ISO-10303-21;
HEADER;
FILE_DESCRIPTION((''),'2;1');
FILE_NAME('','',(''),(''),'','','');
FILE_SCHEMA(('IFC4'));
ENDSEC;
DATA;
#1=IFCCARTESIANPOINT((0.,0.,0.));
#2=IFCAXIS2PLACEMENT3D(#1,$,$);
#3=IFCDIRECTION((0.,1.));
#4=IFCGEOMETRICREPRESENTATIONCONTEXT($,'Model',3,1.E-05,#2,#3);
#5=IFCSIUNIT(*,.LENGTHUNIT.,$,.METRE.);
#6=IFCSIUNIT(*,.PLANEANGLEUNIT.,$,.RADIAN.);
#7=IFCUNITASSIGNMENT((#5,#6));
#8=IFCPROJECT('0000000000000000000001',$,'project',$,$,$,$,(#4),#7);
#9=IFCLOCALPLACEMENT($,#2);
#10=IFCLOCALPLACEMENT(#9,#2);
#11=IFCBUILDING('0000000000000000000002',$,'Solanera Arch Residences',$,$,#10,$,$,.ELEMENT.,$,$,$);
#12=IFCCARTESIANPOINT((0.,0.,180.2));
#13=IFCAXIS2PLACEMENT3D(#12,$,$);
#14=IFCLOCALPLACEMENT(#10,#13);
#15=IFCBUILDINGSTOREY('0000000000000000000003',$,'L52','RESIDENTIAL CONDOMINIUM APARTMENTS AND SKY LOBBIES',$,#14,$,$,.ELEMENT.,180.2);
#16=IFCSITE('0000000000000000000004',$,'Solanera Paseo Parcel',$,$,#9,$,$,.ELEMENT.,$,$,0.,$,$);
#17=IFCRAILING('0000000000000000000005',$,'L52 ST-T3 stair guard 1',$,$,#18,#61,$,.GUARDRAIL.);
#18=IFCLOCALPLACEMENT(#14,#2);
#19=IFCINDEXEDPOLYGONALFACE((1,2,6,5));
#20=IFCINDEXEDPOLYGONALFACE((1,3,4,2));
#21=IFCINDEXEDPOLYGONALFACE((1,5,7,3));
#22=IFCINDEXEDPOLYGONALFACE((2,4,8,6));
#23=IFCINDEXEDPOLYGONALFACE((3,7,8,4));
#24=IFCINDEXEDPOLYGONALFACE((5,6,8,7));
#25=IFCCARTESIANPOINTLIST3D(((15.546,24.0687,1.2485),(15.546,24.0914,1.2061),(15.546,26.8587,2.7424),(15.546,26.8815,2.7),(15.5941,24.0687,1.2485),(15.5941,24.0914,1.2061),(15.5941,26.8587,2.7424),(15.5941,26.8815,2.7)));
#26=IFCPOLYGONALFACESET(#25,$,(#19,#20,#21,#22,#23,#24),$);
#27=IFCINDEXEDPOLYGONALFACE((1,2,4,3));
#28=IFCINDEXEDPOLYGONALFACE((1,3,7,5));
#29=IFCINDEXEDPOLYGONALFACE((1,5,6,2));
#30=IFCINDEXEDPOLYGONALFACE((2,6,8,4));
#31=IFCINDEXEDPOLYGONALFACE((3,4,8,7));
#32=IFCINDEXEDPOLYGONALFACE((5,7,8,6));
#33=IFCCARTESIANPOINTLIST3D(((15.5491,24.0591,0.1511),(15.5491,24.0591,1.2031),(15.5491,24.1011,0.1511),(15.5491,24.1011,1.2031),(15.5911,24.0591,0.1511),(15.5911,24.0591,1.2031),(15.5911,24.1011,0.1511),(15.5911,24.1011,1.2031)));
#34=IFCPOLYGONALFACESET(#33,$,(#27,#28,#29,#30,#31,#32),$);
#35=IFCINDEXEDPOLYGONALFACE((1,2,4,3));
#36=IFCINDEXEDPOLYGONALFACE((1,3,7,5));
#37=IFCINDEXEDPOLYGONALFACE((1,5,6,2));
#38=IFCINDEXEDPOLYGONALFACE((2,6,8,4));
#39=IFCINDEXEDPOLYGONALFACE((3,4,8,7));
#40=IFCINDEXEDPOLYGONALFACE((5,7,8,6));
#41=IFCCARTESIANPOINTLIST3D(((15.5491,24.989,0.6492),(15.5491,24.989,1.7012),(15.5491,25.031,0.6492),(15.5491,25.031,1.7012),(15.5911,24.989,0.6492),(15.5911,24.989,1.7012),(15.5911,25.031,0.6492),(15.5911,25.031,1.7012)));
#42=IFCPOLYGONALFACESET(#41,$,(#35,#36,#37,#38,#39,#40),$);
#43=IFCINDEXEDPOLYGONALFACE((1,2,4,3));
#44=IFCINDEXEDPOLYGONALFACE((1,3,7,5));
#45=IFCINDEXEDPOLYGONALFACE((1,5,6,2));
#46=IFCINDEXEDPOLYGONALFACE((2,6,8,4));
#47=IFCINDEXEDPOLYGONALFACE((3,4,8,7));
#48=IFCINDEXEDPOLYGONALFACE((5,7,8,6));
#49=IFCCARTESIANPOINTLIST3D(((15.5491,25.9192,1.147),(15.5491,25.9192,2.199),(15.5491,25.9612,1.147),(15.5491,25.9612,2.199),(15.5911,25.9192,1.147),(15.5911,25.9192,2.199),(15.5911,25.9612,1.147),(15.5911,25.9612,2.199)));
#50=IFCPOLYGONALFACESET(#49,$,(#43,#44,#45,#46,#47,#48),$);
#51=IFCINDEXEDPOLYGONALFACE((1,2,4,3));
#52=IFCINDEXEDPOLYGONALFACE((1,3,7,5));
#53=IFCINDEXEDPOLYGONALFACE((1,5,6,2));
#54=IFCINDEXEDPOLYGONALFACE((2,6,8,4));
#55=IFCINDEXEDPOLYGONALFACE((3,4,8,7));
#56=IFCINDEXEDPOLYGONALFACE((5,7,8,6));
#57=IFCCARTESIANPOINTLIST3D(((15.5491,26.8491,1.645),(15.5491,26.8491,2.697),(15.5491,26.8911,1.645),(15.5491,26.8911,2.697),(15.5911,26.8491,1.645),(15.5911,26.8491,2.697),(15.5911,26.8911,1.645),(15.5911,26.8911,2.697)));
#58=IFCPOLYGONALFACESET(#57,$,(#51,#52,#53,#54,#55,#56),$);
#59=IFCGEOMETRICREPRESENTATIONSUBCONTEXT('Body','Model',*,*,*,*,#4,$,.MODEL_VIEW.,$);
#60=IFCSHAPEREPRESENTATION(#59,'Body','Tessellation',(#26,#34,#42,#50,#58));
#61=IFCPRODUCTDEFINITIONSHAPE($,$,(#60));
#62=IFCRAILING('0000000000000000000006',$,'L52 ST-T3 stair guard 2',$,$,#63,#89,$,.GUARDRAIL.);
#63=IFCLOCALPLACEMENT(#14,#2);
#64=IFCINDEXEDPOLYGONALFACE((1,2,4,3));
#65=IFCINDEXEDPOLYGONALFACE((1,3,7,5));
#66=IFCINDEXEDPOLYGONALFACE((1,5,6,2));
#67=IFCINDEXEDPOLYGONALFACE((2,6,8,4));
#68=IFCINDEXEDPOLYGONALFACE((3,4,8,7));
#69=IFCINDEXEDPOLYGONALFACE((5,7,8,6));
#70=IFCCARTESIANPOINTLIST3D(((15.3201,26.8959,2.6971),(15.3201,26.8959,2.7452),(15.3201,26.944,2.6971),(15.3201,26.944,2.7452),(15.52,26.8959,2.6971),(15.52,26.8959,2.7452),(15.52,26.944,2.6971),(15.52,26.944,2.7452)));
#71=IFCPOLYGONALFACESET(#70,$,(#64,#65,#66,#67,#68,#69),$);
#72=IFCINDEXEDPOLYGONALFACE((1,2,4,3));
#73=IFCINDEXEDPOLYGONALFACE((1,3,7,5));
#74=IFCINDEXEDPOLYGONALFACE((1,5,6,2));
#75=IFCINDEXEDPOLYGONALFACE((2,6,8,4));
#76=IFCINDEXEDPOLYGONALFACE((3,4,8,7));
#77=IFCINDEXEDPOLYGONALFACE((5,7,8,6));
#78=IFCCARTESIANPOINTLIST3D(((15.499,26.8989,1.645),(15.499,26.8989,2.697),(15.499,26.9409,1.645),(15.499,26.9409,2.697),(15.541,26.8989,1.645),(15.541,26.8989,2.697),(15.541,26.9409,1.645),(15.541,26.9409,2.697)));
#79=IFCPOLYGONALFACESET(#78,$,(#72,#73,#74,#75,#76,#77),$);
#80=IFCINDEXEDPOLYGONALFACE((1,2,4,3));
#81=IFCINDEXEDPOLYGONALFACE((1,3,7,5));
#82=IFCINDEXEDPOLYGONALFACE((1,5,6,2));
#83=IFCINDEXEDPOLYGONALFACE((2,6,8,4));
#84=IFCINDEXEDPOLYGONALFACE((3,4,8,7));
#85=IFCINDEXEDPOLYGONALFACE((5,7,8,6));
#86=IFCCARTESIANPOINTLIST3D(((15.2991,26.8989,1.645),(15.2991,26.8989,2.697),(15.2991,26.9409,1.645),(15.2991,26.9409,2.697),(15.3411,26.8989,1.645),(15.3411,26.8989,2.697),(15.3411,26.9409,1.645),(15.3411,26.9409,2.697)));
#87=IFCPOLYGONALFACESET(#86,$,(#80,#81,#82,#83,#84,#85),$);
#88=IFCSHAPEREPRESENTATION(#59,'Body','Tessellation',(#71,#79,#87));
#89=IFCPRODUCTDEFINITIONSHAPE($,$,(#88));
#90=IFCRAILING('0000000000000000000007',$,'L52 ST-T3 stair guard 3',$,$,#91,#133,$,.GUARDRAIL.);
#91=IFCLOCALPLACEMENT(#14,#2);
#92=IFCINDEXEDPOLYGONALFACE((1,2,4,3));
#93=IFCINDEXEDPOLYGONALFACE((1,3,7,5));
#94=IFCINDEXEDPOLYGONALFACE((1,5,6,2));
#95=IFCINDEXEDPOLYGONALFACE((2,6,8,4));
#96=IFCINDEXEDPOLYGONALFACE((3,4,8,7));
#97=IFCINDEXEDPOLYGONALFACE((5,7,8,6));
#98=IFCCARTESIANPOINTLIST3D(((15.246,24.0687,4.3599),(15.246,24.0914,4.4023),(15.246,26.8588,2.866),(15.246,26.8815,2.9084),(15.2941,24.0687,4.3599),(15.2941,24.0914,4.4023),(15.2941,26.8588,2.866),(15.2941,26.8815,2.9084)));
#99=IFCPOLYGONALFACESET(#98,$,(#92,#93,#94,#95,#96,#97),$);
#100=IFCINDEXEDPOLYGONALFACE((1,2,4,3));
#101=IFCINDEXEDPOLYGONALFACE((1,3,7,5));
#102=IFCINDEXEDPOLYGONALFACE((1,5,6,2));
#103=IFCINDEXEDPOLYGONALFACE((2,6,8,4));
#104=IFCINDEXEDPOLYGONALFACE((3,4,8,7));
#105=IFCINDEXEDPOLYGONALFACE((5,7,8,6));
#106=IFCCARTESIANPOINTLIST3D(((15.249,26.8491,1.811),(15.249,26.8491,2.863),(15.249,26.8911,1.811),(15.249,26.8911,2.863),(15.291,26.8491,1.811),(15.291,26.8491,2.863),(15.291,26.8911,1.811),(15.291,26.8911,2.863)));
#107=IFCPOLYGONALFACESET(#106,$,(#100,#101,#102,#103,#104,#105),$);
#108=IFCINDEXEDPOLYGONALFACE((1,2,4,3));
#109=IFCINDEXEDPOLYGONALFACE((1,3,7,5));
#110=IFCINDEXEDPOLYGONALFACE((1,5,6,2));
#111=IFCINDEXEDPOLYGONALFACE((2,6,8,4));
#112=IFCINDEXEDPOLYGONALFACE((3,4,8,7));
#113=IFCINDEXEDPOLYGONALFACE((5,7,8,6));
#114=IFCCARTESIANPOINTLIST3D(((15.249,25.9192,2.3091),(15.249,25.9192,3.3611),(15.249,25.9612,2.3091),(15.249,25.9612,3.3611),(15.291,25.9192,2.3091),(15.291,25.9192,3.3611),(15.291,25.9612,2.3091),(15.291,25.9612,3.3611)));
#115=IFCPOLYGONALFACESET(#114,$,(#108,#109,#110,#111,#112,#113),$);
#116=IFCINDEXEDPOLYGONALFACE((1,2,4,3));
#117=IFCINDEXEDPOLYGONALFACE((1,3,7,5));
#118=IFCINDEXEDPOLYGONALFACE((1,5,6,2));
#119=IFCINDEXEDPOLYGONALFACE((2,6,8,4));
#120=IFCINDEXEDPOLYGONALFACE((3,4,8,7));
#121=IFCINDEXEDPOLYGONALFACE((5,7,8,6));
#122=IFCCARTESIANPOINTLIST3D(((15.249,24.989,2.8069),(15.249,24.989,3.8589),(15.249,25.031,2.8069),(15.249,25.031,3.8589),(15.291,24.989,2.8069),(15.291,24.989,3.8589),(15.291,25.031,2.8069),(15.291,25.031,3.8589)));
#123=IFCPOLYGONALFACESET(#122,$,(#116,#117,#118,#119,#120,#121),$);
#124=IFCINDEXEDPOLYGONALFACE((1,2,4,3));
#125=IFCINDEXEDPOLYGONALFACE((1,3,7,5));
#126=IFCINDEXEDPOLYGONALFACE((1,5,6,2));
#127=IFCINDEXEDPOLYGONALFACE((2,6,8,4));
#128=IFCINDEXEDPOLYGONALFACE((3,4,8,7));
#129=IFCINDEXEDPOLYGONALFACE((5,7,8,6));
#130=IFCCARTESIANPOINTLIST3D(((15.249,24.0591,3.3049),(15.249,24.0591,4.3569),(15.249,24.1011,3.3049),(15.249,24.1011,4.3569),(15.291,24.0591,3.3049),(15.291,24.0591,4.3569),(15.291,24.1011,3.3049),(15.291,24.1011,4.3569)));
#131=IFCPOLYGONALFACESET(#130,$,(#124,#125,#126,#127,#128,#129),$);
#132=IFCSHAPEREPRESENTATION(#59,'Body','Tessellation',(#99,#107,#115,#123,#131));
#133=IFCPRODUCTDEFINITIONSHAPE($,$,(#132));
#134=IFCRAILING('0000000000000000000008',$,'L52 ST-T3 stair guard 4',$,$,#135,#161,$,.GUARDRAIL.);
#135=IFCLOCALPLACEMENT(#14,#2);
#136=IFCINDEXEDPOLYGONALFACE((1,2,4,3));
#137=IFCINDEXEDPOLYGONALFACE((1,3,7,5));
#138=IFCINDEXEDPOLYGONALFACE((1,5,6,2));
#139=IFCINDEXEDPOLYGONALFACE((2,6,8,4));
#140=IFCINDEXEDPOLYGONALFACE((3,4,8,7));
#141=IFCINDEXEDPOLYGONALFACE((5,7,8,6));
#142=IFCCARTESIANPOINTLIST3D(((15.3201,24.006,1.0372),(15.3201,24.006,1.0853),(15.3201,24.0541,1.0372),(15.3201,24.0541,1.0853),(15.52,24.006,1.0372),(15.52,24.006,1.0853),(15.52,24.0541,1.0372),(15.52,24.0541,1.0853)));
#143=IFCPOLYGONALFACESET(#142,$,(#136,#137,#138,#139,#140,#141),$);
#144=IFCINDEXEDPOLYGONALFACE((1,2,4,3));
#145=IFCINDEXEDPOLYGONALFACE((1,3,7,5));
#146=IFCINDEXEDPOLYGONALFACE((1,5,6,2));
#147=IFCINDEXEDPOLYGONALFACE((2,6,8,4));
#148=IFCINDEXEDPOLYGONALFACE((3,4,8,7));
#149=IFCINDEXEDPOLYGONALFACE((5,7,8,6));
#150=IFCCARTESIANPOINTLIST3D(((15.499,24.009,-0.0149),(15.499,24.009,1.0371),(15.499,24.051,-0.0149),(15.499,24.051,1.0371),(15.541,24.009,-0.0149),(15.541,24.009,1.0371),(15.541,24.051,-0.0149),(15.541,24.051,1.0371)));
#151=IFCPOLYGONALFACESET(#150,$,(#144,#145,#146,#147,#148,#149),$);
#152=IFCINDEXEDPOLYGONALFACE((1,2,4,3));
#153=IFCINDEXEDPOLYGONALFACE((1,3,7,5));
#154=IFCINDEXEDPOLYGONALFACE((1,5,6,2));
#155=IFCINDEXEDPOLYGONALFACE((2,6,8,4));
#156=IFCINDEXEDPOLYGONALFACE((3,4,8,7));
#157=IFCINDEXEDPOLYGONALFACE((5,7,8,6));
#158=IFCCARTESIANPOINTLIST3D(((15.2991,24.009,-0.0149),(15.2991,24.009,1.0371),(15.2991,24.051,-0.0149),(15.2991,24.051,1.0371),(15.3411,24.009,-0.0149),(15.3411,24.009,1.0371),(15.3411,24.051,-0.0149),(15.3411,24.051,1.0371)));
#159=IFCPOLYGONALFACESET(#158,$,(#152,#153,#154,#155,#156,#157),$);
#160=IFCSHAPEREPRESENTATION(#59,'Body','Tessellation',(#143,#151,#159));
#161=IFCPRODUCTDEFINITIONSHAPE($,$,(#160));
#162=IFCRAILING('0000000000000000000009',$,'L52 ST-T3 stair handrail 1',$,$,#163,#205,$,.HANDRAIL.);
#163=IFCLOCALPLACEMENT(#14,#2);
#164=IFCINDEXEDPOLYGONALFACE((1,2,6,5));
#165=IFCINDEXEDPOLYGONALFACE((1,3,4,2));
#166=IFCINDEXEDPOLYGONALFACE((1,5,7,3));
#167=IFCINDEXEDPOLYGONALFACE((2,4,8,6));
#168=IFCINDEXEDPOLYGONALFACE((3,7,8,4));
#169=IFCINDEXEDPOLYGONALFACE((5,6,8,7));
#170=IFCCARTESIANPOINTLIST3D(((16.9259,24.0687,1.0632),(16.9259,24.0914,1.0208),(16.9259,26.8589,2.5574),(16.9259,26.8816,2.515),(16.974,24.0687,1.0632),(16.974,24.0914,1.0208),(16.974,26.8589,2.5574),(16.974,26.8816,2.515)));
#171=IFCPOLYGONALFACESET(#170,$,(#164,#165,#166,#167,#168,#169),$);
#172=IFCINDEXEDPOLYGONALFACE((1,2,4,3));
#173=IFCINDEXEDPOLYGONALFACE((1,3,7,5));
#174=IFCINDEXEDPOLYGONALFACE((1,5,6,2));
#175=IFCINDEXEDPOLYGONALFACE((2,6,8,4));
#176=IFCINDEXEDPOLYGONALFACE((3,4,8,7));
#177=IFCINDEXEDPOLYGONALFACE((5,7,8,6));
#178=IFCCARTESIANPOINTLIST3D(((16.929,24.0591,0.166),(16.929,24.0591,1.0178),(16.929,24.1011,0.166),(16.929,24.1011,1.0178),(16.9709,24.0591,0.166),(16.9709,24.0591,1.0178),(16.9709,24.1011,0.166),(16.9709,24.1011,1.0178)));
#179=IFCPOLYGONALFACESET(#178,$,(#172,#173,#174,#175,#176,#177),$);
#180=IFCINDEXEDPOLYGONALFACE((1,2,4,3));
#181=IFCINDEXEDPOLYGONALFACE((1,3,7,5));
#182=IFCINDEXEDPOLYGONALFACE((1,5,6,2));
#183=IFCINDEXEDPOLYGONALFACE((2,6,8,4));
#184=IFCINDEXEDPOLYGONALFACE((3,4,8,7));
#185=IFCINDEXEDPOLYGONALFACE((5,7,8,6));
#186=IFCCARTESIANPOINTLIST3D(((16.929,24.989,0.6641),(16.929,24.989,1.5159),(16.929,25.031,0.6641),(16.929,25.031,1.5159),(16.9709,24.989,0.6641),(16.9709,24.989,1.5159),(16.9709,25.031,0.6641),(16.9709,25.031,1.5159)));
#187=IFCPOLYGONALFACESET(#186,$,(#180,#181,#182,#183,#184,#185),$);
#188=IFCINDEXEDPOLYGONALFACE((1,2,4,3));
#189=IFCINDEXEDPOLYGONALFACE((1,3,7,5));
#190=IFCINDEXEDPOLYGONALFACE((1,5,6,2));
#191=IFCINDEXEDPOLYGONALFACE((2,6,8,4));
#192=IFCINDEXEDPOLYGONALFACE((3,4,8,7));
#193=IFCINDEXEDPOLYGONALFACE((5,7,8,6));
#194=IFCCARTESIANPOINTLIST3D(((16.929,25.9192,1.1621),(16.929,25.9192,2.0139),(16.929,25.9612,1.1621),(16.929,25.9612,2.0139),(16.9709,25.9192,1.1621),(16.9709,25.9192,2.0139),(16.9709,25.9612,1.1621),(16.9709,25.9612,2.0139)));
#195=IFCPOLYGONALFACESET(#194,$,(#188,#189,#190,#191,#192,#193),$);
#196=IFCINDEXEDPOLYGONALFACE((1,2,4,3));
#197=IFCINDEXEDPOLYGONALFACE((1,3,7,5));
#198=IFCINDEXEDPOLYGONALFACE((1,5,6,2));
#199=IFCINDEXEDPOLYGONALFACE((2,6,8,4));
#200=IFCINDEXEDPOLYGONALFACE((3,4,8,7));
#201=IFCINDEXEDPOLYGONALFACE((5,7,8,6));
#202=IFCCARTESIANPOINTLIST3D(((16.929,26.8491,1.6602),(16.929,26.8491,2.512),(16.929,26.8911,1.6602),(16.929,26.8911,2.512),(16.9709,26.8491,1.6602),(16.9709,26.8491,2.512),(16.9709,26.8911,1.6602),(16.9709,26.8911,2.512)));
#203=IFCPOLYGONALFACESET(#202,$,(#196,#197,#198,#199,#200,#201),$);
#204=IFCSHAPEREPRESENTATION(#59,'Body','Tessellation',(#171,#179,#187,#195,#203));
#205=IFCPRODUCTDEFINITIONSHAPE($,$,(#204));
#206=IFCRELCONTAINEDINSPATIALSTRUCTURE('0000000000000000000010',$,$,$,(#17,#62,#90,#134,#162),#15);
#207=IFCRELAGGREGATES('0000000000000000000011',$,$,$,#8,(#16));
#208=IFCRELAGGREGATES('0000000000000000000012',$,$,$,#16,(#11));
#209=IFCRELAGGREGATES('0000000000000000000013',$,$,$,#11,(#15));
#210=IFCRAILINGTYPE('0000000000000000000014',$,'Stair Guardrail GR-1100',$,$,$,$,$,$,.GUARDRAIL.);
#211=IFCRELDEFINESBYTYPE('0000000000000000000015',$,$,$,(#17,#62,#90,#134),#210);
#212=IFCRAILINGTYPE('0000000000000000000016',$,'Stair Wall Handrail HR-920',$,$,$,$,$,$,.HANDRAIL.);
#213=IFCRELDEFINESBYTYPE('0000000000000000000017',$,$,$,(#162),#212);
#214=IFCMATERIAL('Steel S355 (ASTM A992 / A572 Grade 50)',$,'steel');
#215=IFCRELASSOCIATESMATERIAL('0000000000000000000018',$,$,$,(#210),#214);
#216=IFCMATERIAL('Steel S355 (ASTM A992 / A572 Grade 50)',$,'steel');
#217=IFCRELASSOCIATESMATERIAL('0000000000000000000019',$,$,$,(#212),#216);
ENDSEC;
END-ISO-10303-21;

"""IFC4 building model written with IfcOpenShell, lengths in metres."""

from ifc_helpers import new_model, si_unit, direction, frame, origin, origin_2d, place, context, subcontext, project, spatial, rectangle, extrude, material, type_object, element, save


model = new_model("IFC4")

# Units and contexts
model_context = context("Model", 3, precision=1e-05, world=origin(), true_north=direction((0.0, 1.0)))
body_context = subcontext(model_context, "Body", "Model", "MODEL_VIEW")
ifc_project = project(units=[si_unit("LENGTHUNIT", "METRE"), si_unit("PLANEANGLEUNIT", "RADIAN")], contexts=[model_context])

# Site, building, storey
site_placement = place(None, origin())
site = spatial("IfcSite", under=ifc_project, at=site_placement, Name="Solanera Paseo Parcel", CompositionType="ELEMENT", RefElevation=0.0)
building_placement = place(site_placement, origin())
building = spatial("IfcBuilding", under=site, at=building_placement, Name="Solanera Arch Residences", CompositionType="ELEMENT")
storey_placement = place(building_placement, frame((0.0, 0.0, 180.2)))
storey = spatial("IfcBuildingStorey", under=building, at=storey_placement, Name="L52", Description="RESIDENTIAL CONDOMINIUM APARTMENTS AND SKY LOBBIES", CompositionType="ELEMENT", Elevation=180.2)

# Railings
ifc_material_1 = material(Name="Steel S355 (ASTM A992 / A572 Grade 50)", Category="steel")
railing_type_1 = type_object("IfcRailingType", Name="Stair Guardrail GR-1100", PredefinedType="GUARDRAIL", material=ifc_material_1)
railing_1_placement = place(storey_placement, frame((15.5701, 24.0801, 0.1511)))
element("IfcRailing", 1, at=railing_1_placement, inside=storey, type_object=railing_type_1, Name="L52 ST-T3 stair guard 1", PredefinedType="GUARDRAIL", context=body_context, shape_type="SweptSolid", body=[
    extrude(rectangle(XDim=0.0481, YDim=0.0481, at=origin_2d()), frame((0.0, 0.0, 1.0762), z_axis=(0.0, 0.881581, 0.472033), x_axis=(-1.0, 0.0, 0.0)), (0.0, 0.0, 1.0), 3.1648),
    extrude(rectangle(XDim=0.042, YDim=0.042, at=origin_2d()), origin(), (0.0, 0.0, 1.0), 1.052),
    extrude(rectangle(XDim=0.042, YDim=0.042, at=origin_2d()), frame((0.0, 0.9299, 0.498)), (0.0, 0.0, 1.0), 1.052),
    extrude(rectangle(XDim=0.042, YDim=0.042, at=origin_2d()), frame((0.0, 1.8601, 0.9958)), (0.0, 0.0, 1.0), 1.052),
    extrude(rectangle(XDim=0.042, YDim=0.042, at=origin_2d()), frame((0.0, 2.79, 1.4939)), (0.0, 0.0, 1.0), 1.052),
])
railing_2_placement = place(storey_placement, frame((15.52, 26.9199, 1.645)))
element("IfcRailing", 2, at=railing_2_placement, inside=storey, type_object=railing_type_1, Name="L52 ST-T3 stair guard 2", PredefinedType="GUARDRAIL", context=body_context, shape_type="SweptSolid", body=[
    extrude(rectangle(XDim=0.0481, YDim=0.0481, at=origin_2d()), frame((0.0, 0.0, 1.0762), z_axis=(-1.0, 0.0, 0.0), x_axis=(0.0, -1.0, 0.0)), (0.0, 0.0, 1.0), 0.2),
    extrude(rectangle(XDim=0.042, YDim=0.042, at=origin_2d()), origin(), (0.0, 0.0, 1.0), 1.052),
    extrude(rectangle(XDim=0.042, YDim=0.042, at=origin_2d()), frame((-0.2, 0.0, 0.0)), (0.0, 0.0, 1.0), 1.052),
])
railing_3_placement = place(storey_placement, frame((15.27, 26.8701, 1.811)))
element("IfcRailing", 3, at=railing_3_placement, inside=storey, type_object=railing_type_1, Name="L52 ST-T3 stair guard 3", PredefinedType="GUARDRAIL", context=body_context, shape_type="SweptSolid", body=[
    extrude(rectangle(XDim=0.0481, YDim=0.0481, at=origin_2d()), frame((0.0, 0.0, 1.0762), z_axis=(0.0, -0.881581, 0.472033), x_axis=(1.0, 0.0, 0.0)), (0.0, 0.0, 1.0), 3.1648),
    extrude(rectangle(XDim=0.042, YDim=0.042, at=origin_2d()), origin(), (0.0, 0.0, 1.0), 1.052),
    extrude(rectangle(XDim=0.042, YDim=0.042, at=origin_2d()), frame((0.0, -0.9299, 0.498)), (0.0, 0.0, 1.0), 1.052),
    extrude(rectangle(XDim=0.042, YDim=0.042, at=origin_2d()), frame((0.0, -1.8601, 0.9958)), (0.0, 0.0, 1.0), 1.052),
    extrude(rectangle(XDim=0.042, YDim=0.042, at=origin_2d()), frame((0.0, -2.79, 1.4939)), (0.0, 0.0, 1.0), 1.052),
])
railing_4_placement = place(storey_placement, frame((15.52, 24.03, -0.0149)))
element("IfcRailing", 4, at=railing_4_placement, inside=storey, type_object=railing_type_1, Name="L52 ST-T3 stair guard 4", PredefinedType="GUARDRAIL", context=body_context, shape_type="SweptSolid", body=[
    extrude(rectangle(XDim=0.0481, YDim=0.0481, at=origin_2d()), frame((0.0, 0.0, 1.0762), z_axis=(-1.0, 0.0, 0.0), x_axis=(0.0, -1.0, 0.0)), (0.0, 0.0, 1.0), 0.2),
    extrude(rectangle(XDim=0.042, YDim=0.042, at=origin_2d()), origin(), (0.0, 0.0, 1.0), 1.052),
    extrude(rectangle(XDim=0.042, YDim=0.042, at=origin_2d()), frame((-0.2, 0.0, 0.0)), (0.0, 0.0, 1.0), 1.052),
])
ifc_material_2 = material(Name="Steel S355 (ASTM A992 / A572 Grade 50)", Category="steel")
railing_type_2 = type_object("IfcRailingType", Name="Stair Wall Handrail HR-920", PredefinedType="HANDRAIL", material=ifc_material_2)
railing_5_placement = place(storey_placement, frame((16.95, 24.0801, 0.166)))
element("IfcRailing", 5, at=railing_5_placement, inside=storey, type_object=railing_type_2, Name="L52 ST-T3 stair handrail 1", PredefinedType="HANDRAIL", context=body_context, shape_type="SweptSolid", body=[
    extrude(rectangle(XDim=0.0481, YDim=0.0481, at=origin_2d()), frame((0.0, 0.0, 0.876), z_axis=(0.0, 0.881549, 0.472093), x_axis=(-1.0, 0.0, 0.0)), (0.0, 0.0, 1.0), 3.165),
    extrude(rectangle(XDim=0.042, YDim=0.042, at=origin_2d()), origin(), (0.0, 0.0, 1.0), 0.8518),
    extrude(rectangle(XDim=0.042, YDim=0.042, at=origin_2d()), frame((0.0, 0.9299, 0.498)), (0.0, 0.0, 1.0), 0.8518),
    extrude(rectangle(XDim=0.042, YDim=0.042, at=origin_2d()), frame((0.0, 1.8601, 0.9961)), (0.0, 0.0, 1.0), 0.8518),
    extrude(rectangle(XDim=0.042, YDim=0.042, at=origin_2d()), frame((0.0, 2.79, 1.4941)), (0.0, 0.0, 1.0), 0.8518),
])

save(model, "model.ifc")
